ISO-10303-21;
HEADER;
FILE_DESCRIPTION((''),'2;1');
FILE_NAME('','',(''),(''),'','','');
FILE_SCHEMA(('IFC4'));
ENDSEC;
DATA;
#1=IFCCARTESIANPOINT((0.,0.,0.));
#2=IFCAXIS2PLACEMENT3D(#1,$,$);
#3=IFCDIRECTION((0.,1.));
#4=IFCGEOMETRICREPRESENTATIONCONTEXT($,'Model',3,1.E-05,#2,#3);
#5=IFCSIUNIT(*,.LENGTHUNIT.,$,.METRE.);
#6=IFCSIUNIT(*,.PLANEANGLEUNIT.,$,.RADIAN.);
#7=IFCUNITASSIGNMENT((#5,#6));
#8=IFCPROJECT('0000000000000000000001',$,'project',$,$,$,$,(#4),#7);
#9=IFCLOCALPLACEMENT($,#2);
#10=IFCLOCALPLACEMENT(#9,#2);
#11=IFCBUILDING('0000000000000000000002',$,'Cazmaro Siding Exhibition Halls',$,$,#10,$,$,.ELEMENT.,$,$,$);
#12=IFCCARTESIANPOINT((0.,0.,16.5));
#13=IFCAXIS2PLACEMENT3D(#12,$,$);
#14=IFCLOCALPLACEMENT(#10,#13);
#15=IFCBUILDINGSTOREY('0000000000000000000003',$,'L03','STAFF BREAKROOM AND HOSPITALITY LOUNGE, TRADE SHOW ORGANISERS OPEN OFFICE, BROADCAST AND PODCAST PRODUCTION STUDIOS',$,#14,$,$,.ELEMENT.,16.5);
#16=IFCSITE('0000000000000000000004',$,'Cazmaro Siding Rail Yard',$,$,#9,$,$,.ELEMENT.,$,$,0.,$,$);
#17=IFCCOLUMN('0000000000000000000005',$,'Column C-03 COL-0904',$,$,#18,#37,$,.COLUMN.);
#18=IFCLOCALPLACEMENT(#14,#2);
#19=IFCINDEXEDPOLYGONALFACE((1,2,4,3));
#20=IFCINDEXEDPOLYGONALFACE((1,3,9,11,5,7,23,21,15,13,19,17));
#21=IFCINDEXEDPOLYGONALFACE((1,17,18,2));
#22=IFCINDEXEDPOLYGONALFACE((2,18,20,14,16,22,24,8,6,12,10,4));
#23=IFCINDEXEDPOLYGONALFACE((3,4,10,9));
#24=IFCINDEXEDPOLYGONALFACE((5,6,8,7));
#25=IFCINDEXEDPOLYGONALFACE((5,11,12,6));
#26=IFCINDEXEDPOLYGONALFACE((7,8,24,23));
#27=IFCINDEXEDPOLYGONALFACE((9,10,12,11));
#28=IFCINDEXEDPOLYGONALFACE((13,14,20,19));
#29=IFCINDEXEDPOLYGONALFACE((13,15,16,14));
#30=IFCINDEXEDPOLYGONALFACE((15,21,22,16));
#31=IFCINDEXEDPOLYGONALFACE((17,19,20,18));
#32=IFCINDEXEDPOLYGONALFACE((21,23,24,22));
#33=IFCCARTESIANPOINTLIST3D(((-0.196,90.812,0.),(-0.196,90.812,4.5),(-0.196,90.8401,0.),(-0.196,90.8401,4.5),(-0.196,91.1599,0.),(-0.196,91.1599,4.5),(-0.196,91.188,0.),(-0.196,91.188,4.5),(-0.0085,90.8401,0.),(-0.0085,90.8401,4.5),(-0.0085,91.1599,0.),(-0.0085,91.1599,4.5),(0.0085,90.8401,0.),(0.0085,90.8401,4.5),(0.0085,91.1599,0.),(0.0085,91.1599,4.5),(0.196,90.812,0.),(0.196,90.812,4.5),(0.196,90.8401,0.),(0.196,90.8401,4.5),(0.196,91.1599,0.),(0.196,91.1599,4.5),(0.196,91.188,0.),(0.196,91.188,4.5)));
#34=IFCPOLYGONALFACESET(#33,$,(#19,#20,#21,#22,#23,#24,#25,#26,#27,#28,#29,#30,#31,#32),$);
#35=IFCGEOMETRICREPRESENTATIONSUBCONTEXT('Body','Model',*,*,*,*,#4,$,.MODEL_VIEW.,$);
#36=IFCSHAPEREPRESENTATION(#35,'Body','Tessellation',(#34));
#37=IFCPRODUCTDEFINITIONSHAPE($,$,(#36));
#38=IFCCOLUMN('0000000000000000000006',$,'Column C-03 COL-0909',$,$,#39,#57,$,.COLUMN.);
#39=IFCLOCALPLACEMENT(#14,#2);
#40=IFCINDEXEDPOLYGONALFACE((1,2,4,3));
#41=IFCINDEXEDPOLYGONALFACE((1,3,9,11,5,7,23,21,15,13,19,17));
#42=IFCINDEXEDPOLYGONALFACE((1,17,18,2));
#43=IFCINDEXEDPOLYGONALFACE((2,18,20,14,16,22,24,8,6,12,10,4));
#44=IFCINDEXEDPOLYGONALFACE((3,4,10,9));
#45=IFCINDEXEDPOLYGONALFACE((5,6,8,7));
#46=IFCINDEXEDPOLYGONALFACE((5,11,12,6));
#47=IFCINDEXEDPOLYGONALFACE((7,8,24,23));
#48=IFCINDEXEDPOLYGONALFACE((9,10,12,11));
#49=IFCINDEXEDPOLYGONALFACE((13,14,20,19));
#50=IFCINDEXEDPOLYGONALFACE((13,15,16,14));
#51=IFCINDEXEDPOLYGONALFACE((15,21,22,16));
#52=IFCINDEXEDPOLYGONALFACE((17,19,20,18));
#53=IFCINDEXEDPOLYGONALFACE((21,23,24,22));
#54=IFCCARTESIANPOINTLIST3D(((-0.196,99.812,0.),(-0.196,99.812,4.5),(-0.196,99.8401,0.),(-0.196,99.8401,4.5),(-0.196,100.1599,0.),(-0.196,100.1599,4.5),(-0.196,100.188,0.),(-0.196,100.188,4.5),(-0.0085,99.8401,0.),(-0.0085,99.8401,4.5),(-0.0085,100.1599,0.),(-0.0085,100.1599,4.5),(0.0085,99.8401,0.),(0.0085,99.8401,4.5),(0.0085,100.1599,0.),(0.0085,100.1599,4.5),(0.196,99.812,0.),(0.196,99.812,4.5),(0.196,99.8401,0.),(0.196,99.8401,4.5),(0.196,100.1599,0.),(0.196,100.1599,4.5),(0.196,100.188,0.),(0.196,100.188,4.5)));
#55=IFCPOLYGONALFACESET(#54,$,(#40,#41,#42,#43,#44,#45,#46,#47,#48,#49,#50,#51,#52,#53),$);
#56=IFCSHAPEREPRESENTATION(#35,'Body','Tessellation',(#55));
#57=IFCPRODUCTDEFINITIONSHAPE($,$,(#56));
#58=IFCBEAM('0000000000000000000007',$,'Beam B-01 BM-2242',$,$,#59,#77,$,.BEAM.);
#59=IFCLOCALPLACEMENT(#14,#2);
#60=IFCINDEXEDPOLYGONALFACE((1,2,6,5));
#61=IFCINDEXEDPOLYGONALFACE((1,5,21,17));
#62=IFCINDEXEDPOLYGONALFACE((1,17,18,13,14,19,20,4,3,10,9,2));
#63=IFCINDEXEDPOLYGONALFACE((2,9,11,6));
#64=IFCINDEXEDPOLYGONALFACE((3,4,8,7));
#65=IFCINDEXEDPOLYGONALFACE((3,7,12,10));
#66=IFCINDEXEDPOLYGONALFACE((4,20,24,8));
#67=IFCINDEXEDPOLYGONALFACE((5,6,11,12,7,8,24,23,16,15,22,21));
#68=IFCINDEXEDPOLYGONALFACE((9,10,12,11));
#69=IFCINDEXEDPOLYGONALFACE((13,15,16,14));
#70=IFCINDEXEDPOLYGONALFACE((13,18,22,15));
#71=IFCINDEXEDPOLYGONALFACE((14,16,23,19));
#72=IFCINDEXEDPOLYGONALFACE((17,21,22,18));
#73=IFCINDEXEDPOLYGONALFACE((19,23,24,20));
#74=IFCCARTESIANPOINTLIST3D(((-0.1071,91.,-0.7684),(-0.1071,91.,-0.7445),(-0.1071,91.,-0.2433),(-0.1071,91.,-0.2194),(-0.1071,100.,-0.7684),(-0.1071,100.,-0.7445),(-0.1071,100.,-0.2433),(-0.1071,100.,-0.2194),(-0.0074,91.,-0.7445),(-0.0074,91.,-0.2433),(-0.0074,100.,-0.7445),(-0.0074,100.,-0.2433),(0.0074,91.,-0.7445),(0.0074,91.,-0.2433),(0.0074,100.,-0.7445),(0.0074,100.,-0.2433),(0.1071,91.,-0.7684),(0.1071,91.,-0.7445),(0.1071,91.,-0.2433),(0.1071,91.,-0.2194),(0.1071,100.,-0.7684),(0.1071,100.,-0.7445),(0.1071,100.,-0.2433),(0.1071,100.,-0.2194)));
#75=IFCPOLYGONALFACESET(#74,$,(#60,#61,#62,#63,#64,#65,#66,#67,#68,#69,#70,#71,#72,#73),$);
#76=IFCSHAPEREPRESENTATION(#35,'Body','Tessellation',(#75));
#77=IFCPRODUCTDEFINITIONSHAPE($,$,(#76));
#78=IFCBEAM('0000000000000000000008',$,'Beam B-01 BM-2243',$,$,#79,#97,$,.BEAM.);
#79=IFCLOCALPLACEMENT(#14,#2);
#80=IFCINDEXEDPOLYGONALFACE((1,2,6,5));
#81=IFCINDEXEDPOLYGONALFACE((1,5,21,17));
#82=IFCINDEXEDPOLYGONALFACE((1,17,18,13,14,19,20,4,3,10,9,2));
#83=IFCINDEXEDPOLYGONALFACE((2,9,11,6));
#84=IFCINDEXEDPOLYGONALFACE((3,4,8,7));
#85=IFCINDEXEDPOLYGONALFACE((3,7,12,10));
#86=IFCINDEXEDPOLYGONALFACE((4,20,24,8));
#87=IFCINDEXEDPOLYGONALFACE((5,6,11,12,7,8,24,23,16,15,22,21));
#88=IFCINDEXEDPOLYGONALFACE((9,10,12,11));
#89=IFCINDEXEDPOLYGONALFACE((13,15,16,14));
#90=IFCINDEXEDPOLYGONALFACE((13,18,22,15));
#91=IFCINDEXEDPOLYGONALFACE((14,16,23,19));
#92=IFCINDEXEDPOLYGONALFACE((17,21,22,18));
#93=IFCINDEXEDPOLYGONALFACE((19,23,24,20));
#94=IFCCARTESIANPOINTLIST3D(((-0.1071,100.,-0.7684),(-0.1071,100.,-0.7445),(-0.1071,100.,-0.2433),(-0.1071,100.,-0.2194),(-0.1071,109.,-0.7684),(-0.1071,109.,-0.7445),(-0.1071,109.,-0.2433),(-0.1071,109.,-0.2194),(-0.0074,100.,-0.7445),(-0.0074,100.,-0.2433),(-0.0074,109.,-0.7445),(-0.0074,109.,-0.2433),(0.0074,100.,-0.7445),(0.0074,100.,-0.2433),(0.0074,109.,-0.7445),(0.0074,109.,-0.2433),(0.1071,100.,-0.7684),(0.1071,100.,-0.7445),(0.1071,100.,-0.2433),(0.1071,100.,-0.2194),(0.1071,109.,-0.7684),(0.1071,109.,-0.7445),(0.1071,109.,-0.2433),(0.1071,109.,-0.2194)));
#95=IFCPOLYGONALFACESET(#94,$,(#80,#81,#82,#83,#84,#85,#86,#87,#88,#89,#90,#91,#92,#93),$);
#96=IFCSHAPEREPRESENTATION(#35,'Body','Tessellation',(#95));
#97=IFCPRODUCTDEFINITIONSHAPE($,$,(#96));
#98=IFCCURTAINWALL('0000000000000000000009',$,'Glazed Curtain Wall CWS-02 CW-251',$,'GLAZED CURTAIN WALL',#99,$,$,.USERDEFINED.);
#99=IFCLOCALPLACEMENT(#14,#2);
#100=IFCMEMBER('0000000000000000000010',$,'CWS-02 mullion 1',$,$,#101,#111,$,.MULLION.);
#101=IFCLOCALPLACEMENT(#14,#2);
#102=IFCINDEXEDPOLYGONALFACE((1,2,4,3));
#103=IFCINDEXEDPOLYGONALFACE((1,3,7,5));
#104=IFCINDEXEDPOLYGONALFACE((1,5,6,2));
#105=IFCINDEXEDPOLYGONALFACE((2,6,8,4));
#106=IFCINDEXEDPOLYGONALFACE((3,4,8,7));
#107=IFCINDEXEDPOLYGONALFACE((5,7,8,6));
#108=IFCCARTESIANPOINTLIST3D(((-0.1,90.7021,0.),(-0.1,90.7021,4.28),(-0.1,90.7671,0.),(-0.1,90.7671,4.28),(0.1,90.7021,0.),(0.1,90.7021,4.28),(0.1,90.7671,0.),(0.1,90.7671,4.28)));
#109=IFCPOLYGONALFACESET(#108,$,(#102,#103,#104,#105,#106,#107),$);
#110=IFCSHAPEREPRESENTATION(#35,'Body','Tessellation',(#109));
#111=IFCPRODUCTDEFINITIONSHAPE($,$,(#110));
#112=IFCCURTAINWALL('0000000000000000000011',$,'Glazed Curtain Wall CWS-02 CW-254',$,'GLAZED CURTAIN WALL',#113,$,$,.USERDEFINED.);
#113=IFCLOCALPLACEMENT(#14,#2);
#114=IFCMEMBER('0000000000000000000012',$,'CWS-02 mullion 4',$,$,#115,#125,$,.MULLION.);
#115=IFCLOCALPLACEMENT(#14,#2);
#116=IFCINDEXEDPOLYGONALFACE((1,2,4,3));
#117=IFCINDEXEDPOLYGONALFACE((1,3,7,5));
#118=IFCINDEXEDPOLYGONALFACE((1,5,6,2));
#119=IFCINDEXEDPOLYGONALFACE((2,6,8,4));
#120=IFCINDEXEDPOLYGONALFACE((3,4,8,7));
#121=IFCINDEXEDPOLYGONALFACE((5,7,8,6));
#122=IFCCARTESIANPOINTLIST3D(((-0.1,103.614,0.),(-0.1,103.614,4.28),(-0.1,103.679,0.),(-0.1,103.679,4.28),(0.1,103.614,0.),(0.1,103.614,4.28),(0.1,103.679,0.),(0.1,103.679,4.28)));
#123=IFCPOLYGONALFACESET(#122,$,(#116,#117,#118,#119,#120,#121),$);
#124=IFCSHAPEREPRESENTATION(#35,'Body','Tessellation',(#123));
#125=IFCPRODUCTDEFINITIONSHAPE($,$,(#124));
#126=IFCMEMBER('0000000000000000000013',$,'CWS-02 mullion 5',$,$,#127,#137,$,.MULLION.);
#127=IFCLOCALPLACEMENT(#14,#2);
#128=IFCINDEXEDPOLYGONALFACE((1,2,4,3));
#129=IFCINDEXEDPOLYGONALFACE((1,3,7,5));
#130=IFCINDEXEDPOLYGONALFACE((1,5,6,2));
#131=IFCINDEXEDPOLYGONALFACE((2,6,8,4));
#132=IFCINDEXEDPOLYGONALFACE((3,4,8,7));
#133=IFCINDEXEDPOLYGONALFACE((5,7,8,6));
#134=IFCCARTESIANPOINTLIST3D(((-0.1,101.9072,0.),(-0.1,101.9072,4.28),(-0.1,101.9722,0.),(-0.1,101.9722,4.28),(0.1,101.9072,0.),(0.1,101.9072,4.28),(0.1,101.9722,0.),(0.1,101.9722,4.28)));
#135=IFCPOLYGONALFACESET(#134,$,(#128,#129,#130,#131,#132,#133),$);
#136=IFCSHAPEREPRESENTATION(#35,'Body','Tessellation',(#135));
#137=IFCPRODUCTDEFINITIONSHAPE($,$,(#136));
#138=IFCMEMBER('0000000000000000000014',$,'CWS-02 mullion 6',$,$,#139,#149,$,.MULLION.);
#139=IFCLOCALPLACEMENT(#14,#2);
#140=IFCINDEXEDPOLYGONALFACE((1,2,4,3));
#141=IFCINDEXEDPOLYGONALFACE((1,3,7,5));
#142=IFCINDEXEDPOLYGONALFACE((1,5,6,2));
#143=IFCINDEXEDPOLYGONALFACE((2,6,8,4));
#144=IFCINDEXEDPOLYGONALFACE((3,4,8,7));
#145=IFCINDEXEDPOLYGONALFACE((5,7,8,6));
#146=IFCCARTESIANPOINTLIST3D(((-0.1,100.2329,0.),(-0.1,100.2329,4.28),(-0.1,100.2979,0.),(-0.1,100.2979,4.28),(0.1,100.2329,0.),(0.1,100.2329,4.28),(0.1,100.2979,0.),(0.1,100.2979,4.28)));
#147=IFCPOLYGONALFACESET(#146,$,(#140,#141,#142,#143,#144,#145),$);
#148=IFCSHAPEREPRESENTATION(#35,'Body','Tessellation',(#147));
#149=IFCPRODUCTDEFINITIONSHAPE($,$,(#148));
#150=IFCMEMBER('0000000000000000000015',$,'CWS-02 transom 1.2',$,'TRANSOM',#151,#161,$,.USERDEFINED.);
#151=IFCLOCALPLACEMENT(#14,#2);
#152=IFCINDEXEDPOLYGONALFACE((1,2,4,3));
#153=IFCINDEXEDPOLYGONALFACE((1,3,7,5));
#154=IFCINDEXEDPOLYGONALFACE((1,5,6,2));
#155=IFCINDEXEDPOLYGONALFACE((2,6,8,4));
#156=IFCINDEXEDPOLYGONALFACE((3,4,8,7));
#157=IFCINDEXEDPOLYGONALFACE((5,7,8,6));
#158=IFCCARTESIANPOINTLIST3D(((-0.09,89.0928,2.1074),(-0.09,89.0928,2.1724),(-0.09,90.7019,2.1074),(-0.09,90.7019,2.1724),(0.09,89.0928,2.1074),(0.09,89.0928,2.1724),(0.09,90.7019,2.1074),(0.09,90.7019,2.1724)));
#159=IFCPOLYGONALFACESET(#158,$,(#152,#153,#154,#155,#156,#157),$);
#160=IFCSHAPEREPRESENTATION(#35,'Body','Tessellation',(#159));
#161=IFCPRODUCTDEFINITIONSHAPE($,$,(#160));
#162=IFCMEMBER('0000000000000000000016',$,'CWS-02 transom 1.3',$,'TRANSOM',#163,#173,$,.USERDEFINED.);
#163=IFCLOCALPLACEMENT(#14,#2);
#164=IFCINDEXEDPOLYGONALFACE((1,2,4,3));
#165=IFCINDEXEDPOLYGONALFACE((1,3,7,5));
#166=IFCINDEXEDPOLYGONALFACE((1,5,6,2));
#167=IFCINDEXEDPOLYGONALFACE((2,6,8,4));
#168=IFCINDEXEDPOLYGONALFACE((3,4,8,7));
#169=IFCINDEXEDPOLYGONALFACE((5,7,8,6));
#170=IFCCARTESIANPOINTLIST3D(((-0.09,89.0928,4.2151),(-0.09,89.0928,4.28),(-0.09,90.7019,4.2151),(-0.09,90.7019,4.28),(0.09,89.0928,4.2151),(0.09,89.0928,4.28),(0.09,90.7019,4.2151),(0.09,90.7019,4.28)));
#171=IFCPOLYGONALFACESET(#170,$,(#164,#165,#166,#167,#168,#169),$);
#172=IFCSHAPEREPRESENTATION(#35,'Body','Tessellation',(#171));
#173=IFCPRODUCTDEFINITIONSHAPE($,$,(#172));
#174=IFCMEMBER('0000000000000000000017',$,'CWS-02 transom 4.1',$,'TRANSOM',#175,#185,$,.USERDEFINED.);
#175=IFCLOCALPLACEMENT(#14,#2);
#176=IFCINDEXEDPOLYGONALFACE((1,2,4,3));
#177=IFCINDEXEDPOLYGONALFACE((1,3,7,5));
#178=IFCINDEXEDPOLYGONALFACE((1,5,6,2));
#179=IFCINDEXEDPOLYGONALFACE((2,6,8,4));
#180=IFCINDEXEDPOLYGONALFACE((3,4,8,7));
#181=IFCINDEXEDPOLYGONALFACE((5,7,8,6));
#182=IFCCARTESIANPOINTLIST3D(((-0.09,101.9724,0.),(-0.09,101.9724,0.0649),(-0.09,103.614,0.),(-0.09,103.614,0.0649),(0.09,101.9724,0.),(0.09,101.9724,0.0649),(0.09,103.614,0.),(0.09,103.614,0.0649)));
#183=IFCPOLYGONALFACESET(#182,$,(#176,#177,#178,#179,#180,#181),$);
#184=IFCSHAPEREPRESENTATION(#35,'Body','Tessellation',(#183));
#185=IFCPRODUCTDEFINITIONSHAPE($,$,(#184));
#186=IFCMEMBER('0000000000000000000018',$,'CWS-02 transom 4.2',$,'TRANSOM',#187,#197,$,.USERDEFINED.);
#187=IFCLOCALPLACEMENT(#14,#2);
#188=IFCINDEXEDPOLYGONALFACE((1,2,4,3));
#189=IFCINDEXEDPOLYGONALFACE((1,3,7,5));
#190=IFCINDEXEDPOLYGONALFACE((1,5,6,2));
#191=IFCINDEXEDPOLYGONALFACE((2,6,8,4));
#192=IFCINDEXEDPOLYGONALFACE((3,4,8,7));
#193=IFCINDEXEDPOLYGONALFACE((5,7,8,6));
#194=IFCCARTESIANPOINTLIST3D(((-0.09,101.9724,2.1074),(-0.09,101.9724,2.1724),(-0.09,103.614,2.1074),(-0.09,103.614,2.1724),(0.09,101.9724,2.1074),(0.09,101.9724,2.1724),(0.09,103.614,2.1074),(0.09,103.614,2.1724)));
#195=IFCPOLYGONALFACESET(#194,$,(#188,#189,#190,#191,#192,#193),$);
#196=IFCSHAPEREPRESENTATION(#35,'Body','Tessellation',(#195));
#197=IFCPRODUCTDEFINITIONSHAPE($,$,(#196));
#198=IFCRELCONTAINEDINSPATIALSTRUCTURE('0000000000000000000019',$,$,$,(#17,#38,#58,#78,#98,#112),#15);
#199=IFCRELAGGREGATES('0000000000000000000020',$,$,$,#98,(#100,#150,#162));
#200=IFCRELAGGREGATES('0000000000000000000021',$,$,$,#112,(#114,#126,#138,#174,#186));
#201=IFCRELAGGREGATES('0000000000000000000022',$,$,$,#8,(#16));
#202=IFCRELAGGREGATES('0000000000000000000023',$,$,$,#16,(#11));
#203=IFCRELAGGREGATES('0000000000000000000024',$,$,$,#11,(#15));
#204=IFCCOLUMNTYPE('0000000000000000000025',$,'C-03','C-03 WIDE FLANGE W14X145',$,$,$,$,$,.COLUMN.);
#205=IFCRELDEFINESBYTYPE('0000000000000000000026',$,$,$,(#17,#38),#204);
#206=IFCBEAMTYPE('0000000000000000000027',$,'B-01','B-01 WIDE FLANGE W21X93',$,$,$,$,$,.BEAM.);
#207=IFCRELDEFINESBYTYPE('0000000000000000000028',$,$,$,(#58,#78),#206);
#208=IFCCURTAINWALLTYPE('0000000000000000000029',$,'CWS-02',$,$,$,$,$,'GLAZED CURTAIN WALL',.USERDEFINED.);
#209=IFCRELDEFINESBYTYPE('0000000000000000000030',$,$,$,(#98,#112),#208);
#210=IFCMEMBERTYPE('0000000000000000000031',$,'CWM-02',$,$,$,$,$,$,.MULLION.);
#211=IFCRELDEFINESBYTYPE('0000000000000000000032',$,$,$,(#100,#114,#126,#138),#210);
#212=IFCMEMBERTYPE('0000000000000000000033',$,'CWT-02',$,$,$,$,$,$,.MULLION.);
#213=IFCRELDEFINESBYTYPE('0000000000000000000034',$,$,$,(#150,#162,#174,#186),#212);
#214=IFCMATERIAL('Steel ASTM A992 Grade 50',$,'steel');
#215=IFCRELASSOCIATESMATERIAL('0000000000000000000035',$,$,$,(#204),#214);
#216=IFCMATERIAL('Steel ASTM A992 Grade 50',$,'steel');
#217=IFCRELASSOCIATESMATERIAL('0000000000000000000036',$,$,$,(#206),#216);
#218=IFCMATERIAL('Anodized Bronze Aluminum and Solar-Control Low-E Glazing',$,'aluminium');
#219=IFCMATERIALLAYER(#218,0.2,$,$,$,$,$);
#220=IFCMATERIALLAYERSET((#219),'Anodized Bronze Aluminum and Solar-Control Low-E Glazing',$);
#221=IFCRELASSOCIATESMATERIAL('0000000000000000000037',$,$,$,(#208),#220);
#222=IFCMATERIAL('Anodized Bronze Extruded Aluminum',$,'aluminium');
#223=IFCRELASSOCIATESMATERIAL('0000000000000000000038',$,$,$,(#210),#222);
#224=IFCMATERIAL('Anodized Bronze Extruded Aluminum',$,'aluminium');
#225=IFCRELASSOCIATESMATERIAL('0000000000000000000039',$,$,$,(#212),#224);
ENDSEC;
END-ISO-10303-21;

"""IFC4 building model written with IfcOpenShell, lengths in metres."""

from ifc_helpers import new_model, si_unit, direction, frame, origin, origin_2d, place, context, subcontext, project, spatial, rectangle, i_section, extrude, material, layer, layer_set, material_profile, profile_set, type_object, element, aggregate, save


model = new_model("IFC4")

# Units and contexts
model_context = context("Model", 3, precision=1e-05, world=origin(), true_north=direction((0.0, 1.0)))
body_context = subcontext(model_context, "Body", "Model", "MODEL_VIEW")
ifc_project = project(units=[si_unit("LENGTHUNIT", "METRE"), si_unit("PLANEANGLEUNIT", "RADIAN")], contexts=[model_context])

# Site, building, storey
site_placement = place(None, origin())
site = spatial("IfcSite", under=ifc_project, at=site_placement, Name="Cazmaro Siding Rail Yard", CompositionType="ELEMENT", RefElevation=0.0)
building_placement = place(site_placement, origin())
building = spatial("IfcBuilding", under=site, at=building_placement, Name="Cazmaro Siding Exhibition Halls", CompositionType="ELEMENT")
storey_placement = place(building_placement, frame((0.0, 0.0, 16.5)))
storey = spatial("IfcBuildingStorey", under=building, at=storey_placement, Name="L03", Description="STAFF BREAKROOM AND HOSPITALITY LOUNGE, TRADE SHOW ORGANISERS OPEN OFFICE, BROADCAST AND PODCAST PRODUCTION STUDIOS", CompositionType="ELEMENT", Elevation=16.5)

# Columns
ifc_material_1 = material(Name="Steel ASTM A992 Grade 50", Category="steel")
ifc_material_profile_1 = material_profile(ifc_material_1, i_section(OverallWidth=0.3921, OverallDepth=0.376, WebThickness=0.0171, FlangeThickness=0.0281, at=origin_2d()), Name="W14X145")
ifc_profile_set_1 = profile_set([ifc_material_profile_1], Name="Steel ASTM A992 Grade 50")
column_type = type_object("IfcColumnType", Name="C-03", Description="C-03 WIDE FLANGE W14X145", PredefinedType="COLUMN", material=ifc_profile_set_1)
for number, where, z_axis, x_axis, name in (
    (1, (0.0, 91.0, 0.0), (0.0, 0.0, 1.0), (1.0, 0.0, 0.0), "Column C-03 COL-0904"),
    (2, (0.0, 100.0, 0.0), (0.0, 0.0, 1.0), (1.0, 0.0, 0.0), "Column C-03 COL-0909"),
):
    element("IfcColumn", number, at=place(storey_placement, frame(where, z_axis=z_axis, x_axis=x_axis)), inside=storey, type_object=column_type, Name=name, PredefinedType="COLUMN", context=body_context, shape_type="SweptSolid", body=[
        extrude(i_section(OverallWidth=0.3921, OverallDepth=0.376, WebThickness=0.0171, FlangeThickness=0.0281, at=origin_2d()), origin(), (0.0, 0.0, 1.0), 4.5),
    ])

# Beams
ifc_material_2 = material(Name="Steel ASTM A992 Grade 50", Category="steel")
ifc_material_profile_2 = material_profile(ifc_material_2, i_section(OverallWidth=0.2141, OverallDepth=0.5491, WebThickness=0.0149, FlangeThickness=0.0239, at=origin_2d()), Name="W21X93")
ifc_profile_set_2 = profile_set([ifc_material_profile_2], Name="Steel ASTM A992 Grade 50")
beam_type_1 = type_object("IfcBeamType", Name="B-01", Description="B-01 WIDE FLANGE W21X93", PredefinedType="BEAM", material=ifc_profile_set_2)
for number, where, z_axis, x_axis, name in (
    (3, (0.0, 91.0, -0.4939), (0.0, 1.0, 0.0), (-1.0, 0.0, 0.0), "Beam B-01 BM-2242"),
    (4, (0.0, 100.0, -0.4939), (0.0, 1.0, 0.0), (-1.0, 0.0, 0.0), "Beam B-01 BM-2243"),
):
    element("IfcBeam", number, at=place(storey_placement, frame(where, z_axis=z_axis, x_axis=x_axis)), inside=storey, type_object=beam_type_1, Name=name, PredefinedType="BEAM", context=body_context, shape_type="SweptSolid", body=[
        extrude(i_section(OverallWidth=0.2141, OverallDepth=0.5491, WebThickness=0.0149, FlangeThickness=0.0239, at=origin_2d()), origin(), (0.0, 0.0, 1.0), 9.0),
    ])

# Curtain wall, member
ifc_material_3 = material(Name="Anodized Bronze Aluminum and Solar-Control Low-E Glazing", Category="aluminium")
ifc_layer_1 = layer(ifc_material_3, 0.2)
ifc_layer_set_1 = layer_set([ifc_layer_1], Name="Anodized Bronze Aluminum and Solar-Control Low-E Glazing")
curtain_wall_type = type_object("IfcCurtainWallType", Name="CWS-02", ElementType="GLAZED CURTAIN WALL", PredefinedType="USERDEFINED", material=ifc_layer_set_1)
curtain_wall_1_placement = place(storey_placement, origin())
curtain_wall_1 = element("IfcCurtainWall", 5, at=curtain_wall_1_placement, inside=storey, type_object=curtain_wall_type, Name="Glazed Curtain Wall CWS-02 CW-251", ObjectType="GLAZED CURTAIN WALL", PredefinedType="USERDEFINED")
ifc_material_4 = material(Name="Anodized Bronze Extruded Aluminum", Category="aluminium")
ifc_material_profile_3 = material_profile(ifc_material_4, rectangle(XDim=0.2, YDim=0.0649, at=origin_2d()), Name="CWM-02")
ifc_profile_set_3 = profile_set([ifc_material_profile_3], Name="Anodized Bronze Extruded Aluminum")
member_type_1 = type_object("IfcMemberType", Name="CWM-02", PredefinedType="MULLION", material=ifc_profile_set_3)
member_1_placement = place(storey_placement, frame((0.0, 90.7346, 0.0), z_axis=(0.0, 0.0, 1.0), x_axis=(1.0, 0.0, 0.0)))
member_1 = element("IfcMember", 6, at=member_1_placement, type_object=member_type_1, Name="CWS-02 mullion 1", PredefinedType="MULLION", context=body_context, shape_type="SweptSolid", body=[
    extrude(rectangle(XDim=0.2, YDim=0.0649, at=origin_2d()), origin(), (0.0, 0.0, 1.0), 4.28),
])

# Curtain wall, members
curtain_wall_2_placement = place(storey_placement, origin())
curtain_wall_2 = element("IfcCurtainWall", 7, at=curtain_wall_2_placement, inside=storey, type_object=curtain_wall_type, Name="Glazed Curtain Wall CWS-02 CW-254", ObjectType="GLAZED CURTAIN WALL", PredefinedType="USERDEFINED")
member_2_placement = place(storey_placement, frame((0.0, 103.6465, 0.0), z_axis=(0.0, 0.0, 1.0), x_axis=(1.0, 0.0, 0.0)))
member_2 = element("IfcMember", 8, at=member_2_placement, type_object=member_type_1, Name="CWS-02 mullion 4", PredefinedType="MULLION", context=body_context, shape_type="SweptSolid", body=[
    extrude(rectangle(XDim=0.2, YDim=0.0649, at=origin_2d()), origin(), (0.0, 0.0, 1.0), 4.28),
])
member_3_placement = place(storey_placement, frame((0.0, 101.9397, 0.0), z_axis=(0.0, 0.0, 1.0), x_axis=(1.0, 0.0, 0.0)))
member_3 = element("IfcMember", 9, at=member_3_placement, type_object=member_type_1, Name="CWS-02 mullion 5", PredefinedType="MULLION", context=body_context, shape_type="SweptSolid", body=[
    extrude(rectangle(XDim=0.2, YDim=0.0649, at=origin_2d()), origin(), (0.0, 0.0, 1.0), 4.28),
])
member_4_placement = place(storey_placement, frame((0.0, 100.2654, 0.0), z_axis=(0.0, 0.0, 1.0), x_axis=(1.0, 0.0, 0.0)))
member_4 = element("IfcMember", 10, at=member_4_placement, type_object=member_type_1, Name="CWS-02 mullion 6", PredefinedType="MULLION", context=body_context, shape_type="SweptSolid", body=[
    extrude(rectangle(XDim=0.2, YDim=0.0649, at=origin_2d()), origin(), (0.0, 0.0, 1.0), 4.28),
])

# Members
ifc_material_5 = material(Name="Anodized Bronze Extruded Aluminum", Category="aluminium")
ifc_material_profile_4 = material_profile(ifc_material_5, rectangle(XDim=0.1799, YDim=0.0649, at=origin_2d()), Name="CWT-02")
ifc_profile_set_4 = profile_set([ifc_material_profile_4], Name="Anodized Bronze Extruded Aluminum")
member_type_2 = type_object("IfcMemberType", Name="CWT-02", PredefinedType="MULLION", material=ifc_profile_set_4)
member_5_placement = place(storey_placement, frame((0.0, 90.7019, 2.1399), z_axis=(0.0, -1.0, 0.0), x_axis=(1.0, 0.0, 0.0)))
member_5 = element("IfcMember", 11, at=member_5_placement, type_object=member_type_2, Name="CWS-02 transom 1.2", ObjectType="TRANSOM", PredefinedType="USERDEFINED", context=body_context, shape_type="SweptSolid", body=[
    extrude(rectangle(XDim=0.1799, YDim=0.0649, at=origin_2d()), origin(), (0.0, 0.0, 1.0), 1.6091),
])
member_6_placement = place(storey_placement, frame((0.0, 90.7019, 4.2476), z_axis=(0.0, -1.0, 0.0), x_axis=(1.0, 0.0, 0.0)))
member_6 = element("IfcMember", 12, at=member_6_placement, type_object=member_type_2, Name="CWS-02 transom 1.3", ObjectType="TRANSOM", PredefinedType="USERDEFINED", context=body_context, shape_type="SweptSolid", body=[
    extrude(rectangle(XDim=0.1799, YDim=0.0649, at=origin_2d()), origin(), (0.0, 0.0, 1.0), 1.6091),
])
aggregate(curtain_wall_1, [member_1, member_5, member_6])
member_7_placement = place(storey_placement, frame((0.0, 103.614, 0.0325), z_axis=(0.0, -1.0, 0.0), x_axis=(1.0, 0.0, 0.0)))
member_7 = element("IfcMember", 13, at=member_7_placement, type_object=member_type_2, Name="CWS-02 transom 4.1", ObjectType="TRANSOM", PredefinedType="USERDEFINED", context=body_context, shape_type="SweptSolid", body=[
    extrude(rectangle(XDim=0.1799, YDim=0.0649, at=origin_2d()), origin(), (0.0, 0.0, 1.0), 1.6416),
])
member_8_placement = place(storey_placement, frame((0.0, 103.614, 2.1399), z_axis=(0.0, -1.0, 0.0), x_axis=(1.0, 0.0, 0.0)))
member_8 = element("IfcMember", 14, at=member_8_placement, type_object=member_type_2, Name="CWS-02 transom 4.2", ObjectType="TRANSOM", PredefinedType="USERDEFINED", context=body_context, shape_type="SweptSolid", body=[
    extrude(rectangle(XDim=0.1799, YDim=0.0649, at=origin_2d()), origin(), (0.0, 0.0, 1.0), 1.6416),
])

aggregate(curtain_wall_2, [member_2, member_3, member_4, member_7, member_8])

save(model, "model.ifc")
